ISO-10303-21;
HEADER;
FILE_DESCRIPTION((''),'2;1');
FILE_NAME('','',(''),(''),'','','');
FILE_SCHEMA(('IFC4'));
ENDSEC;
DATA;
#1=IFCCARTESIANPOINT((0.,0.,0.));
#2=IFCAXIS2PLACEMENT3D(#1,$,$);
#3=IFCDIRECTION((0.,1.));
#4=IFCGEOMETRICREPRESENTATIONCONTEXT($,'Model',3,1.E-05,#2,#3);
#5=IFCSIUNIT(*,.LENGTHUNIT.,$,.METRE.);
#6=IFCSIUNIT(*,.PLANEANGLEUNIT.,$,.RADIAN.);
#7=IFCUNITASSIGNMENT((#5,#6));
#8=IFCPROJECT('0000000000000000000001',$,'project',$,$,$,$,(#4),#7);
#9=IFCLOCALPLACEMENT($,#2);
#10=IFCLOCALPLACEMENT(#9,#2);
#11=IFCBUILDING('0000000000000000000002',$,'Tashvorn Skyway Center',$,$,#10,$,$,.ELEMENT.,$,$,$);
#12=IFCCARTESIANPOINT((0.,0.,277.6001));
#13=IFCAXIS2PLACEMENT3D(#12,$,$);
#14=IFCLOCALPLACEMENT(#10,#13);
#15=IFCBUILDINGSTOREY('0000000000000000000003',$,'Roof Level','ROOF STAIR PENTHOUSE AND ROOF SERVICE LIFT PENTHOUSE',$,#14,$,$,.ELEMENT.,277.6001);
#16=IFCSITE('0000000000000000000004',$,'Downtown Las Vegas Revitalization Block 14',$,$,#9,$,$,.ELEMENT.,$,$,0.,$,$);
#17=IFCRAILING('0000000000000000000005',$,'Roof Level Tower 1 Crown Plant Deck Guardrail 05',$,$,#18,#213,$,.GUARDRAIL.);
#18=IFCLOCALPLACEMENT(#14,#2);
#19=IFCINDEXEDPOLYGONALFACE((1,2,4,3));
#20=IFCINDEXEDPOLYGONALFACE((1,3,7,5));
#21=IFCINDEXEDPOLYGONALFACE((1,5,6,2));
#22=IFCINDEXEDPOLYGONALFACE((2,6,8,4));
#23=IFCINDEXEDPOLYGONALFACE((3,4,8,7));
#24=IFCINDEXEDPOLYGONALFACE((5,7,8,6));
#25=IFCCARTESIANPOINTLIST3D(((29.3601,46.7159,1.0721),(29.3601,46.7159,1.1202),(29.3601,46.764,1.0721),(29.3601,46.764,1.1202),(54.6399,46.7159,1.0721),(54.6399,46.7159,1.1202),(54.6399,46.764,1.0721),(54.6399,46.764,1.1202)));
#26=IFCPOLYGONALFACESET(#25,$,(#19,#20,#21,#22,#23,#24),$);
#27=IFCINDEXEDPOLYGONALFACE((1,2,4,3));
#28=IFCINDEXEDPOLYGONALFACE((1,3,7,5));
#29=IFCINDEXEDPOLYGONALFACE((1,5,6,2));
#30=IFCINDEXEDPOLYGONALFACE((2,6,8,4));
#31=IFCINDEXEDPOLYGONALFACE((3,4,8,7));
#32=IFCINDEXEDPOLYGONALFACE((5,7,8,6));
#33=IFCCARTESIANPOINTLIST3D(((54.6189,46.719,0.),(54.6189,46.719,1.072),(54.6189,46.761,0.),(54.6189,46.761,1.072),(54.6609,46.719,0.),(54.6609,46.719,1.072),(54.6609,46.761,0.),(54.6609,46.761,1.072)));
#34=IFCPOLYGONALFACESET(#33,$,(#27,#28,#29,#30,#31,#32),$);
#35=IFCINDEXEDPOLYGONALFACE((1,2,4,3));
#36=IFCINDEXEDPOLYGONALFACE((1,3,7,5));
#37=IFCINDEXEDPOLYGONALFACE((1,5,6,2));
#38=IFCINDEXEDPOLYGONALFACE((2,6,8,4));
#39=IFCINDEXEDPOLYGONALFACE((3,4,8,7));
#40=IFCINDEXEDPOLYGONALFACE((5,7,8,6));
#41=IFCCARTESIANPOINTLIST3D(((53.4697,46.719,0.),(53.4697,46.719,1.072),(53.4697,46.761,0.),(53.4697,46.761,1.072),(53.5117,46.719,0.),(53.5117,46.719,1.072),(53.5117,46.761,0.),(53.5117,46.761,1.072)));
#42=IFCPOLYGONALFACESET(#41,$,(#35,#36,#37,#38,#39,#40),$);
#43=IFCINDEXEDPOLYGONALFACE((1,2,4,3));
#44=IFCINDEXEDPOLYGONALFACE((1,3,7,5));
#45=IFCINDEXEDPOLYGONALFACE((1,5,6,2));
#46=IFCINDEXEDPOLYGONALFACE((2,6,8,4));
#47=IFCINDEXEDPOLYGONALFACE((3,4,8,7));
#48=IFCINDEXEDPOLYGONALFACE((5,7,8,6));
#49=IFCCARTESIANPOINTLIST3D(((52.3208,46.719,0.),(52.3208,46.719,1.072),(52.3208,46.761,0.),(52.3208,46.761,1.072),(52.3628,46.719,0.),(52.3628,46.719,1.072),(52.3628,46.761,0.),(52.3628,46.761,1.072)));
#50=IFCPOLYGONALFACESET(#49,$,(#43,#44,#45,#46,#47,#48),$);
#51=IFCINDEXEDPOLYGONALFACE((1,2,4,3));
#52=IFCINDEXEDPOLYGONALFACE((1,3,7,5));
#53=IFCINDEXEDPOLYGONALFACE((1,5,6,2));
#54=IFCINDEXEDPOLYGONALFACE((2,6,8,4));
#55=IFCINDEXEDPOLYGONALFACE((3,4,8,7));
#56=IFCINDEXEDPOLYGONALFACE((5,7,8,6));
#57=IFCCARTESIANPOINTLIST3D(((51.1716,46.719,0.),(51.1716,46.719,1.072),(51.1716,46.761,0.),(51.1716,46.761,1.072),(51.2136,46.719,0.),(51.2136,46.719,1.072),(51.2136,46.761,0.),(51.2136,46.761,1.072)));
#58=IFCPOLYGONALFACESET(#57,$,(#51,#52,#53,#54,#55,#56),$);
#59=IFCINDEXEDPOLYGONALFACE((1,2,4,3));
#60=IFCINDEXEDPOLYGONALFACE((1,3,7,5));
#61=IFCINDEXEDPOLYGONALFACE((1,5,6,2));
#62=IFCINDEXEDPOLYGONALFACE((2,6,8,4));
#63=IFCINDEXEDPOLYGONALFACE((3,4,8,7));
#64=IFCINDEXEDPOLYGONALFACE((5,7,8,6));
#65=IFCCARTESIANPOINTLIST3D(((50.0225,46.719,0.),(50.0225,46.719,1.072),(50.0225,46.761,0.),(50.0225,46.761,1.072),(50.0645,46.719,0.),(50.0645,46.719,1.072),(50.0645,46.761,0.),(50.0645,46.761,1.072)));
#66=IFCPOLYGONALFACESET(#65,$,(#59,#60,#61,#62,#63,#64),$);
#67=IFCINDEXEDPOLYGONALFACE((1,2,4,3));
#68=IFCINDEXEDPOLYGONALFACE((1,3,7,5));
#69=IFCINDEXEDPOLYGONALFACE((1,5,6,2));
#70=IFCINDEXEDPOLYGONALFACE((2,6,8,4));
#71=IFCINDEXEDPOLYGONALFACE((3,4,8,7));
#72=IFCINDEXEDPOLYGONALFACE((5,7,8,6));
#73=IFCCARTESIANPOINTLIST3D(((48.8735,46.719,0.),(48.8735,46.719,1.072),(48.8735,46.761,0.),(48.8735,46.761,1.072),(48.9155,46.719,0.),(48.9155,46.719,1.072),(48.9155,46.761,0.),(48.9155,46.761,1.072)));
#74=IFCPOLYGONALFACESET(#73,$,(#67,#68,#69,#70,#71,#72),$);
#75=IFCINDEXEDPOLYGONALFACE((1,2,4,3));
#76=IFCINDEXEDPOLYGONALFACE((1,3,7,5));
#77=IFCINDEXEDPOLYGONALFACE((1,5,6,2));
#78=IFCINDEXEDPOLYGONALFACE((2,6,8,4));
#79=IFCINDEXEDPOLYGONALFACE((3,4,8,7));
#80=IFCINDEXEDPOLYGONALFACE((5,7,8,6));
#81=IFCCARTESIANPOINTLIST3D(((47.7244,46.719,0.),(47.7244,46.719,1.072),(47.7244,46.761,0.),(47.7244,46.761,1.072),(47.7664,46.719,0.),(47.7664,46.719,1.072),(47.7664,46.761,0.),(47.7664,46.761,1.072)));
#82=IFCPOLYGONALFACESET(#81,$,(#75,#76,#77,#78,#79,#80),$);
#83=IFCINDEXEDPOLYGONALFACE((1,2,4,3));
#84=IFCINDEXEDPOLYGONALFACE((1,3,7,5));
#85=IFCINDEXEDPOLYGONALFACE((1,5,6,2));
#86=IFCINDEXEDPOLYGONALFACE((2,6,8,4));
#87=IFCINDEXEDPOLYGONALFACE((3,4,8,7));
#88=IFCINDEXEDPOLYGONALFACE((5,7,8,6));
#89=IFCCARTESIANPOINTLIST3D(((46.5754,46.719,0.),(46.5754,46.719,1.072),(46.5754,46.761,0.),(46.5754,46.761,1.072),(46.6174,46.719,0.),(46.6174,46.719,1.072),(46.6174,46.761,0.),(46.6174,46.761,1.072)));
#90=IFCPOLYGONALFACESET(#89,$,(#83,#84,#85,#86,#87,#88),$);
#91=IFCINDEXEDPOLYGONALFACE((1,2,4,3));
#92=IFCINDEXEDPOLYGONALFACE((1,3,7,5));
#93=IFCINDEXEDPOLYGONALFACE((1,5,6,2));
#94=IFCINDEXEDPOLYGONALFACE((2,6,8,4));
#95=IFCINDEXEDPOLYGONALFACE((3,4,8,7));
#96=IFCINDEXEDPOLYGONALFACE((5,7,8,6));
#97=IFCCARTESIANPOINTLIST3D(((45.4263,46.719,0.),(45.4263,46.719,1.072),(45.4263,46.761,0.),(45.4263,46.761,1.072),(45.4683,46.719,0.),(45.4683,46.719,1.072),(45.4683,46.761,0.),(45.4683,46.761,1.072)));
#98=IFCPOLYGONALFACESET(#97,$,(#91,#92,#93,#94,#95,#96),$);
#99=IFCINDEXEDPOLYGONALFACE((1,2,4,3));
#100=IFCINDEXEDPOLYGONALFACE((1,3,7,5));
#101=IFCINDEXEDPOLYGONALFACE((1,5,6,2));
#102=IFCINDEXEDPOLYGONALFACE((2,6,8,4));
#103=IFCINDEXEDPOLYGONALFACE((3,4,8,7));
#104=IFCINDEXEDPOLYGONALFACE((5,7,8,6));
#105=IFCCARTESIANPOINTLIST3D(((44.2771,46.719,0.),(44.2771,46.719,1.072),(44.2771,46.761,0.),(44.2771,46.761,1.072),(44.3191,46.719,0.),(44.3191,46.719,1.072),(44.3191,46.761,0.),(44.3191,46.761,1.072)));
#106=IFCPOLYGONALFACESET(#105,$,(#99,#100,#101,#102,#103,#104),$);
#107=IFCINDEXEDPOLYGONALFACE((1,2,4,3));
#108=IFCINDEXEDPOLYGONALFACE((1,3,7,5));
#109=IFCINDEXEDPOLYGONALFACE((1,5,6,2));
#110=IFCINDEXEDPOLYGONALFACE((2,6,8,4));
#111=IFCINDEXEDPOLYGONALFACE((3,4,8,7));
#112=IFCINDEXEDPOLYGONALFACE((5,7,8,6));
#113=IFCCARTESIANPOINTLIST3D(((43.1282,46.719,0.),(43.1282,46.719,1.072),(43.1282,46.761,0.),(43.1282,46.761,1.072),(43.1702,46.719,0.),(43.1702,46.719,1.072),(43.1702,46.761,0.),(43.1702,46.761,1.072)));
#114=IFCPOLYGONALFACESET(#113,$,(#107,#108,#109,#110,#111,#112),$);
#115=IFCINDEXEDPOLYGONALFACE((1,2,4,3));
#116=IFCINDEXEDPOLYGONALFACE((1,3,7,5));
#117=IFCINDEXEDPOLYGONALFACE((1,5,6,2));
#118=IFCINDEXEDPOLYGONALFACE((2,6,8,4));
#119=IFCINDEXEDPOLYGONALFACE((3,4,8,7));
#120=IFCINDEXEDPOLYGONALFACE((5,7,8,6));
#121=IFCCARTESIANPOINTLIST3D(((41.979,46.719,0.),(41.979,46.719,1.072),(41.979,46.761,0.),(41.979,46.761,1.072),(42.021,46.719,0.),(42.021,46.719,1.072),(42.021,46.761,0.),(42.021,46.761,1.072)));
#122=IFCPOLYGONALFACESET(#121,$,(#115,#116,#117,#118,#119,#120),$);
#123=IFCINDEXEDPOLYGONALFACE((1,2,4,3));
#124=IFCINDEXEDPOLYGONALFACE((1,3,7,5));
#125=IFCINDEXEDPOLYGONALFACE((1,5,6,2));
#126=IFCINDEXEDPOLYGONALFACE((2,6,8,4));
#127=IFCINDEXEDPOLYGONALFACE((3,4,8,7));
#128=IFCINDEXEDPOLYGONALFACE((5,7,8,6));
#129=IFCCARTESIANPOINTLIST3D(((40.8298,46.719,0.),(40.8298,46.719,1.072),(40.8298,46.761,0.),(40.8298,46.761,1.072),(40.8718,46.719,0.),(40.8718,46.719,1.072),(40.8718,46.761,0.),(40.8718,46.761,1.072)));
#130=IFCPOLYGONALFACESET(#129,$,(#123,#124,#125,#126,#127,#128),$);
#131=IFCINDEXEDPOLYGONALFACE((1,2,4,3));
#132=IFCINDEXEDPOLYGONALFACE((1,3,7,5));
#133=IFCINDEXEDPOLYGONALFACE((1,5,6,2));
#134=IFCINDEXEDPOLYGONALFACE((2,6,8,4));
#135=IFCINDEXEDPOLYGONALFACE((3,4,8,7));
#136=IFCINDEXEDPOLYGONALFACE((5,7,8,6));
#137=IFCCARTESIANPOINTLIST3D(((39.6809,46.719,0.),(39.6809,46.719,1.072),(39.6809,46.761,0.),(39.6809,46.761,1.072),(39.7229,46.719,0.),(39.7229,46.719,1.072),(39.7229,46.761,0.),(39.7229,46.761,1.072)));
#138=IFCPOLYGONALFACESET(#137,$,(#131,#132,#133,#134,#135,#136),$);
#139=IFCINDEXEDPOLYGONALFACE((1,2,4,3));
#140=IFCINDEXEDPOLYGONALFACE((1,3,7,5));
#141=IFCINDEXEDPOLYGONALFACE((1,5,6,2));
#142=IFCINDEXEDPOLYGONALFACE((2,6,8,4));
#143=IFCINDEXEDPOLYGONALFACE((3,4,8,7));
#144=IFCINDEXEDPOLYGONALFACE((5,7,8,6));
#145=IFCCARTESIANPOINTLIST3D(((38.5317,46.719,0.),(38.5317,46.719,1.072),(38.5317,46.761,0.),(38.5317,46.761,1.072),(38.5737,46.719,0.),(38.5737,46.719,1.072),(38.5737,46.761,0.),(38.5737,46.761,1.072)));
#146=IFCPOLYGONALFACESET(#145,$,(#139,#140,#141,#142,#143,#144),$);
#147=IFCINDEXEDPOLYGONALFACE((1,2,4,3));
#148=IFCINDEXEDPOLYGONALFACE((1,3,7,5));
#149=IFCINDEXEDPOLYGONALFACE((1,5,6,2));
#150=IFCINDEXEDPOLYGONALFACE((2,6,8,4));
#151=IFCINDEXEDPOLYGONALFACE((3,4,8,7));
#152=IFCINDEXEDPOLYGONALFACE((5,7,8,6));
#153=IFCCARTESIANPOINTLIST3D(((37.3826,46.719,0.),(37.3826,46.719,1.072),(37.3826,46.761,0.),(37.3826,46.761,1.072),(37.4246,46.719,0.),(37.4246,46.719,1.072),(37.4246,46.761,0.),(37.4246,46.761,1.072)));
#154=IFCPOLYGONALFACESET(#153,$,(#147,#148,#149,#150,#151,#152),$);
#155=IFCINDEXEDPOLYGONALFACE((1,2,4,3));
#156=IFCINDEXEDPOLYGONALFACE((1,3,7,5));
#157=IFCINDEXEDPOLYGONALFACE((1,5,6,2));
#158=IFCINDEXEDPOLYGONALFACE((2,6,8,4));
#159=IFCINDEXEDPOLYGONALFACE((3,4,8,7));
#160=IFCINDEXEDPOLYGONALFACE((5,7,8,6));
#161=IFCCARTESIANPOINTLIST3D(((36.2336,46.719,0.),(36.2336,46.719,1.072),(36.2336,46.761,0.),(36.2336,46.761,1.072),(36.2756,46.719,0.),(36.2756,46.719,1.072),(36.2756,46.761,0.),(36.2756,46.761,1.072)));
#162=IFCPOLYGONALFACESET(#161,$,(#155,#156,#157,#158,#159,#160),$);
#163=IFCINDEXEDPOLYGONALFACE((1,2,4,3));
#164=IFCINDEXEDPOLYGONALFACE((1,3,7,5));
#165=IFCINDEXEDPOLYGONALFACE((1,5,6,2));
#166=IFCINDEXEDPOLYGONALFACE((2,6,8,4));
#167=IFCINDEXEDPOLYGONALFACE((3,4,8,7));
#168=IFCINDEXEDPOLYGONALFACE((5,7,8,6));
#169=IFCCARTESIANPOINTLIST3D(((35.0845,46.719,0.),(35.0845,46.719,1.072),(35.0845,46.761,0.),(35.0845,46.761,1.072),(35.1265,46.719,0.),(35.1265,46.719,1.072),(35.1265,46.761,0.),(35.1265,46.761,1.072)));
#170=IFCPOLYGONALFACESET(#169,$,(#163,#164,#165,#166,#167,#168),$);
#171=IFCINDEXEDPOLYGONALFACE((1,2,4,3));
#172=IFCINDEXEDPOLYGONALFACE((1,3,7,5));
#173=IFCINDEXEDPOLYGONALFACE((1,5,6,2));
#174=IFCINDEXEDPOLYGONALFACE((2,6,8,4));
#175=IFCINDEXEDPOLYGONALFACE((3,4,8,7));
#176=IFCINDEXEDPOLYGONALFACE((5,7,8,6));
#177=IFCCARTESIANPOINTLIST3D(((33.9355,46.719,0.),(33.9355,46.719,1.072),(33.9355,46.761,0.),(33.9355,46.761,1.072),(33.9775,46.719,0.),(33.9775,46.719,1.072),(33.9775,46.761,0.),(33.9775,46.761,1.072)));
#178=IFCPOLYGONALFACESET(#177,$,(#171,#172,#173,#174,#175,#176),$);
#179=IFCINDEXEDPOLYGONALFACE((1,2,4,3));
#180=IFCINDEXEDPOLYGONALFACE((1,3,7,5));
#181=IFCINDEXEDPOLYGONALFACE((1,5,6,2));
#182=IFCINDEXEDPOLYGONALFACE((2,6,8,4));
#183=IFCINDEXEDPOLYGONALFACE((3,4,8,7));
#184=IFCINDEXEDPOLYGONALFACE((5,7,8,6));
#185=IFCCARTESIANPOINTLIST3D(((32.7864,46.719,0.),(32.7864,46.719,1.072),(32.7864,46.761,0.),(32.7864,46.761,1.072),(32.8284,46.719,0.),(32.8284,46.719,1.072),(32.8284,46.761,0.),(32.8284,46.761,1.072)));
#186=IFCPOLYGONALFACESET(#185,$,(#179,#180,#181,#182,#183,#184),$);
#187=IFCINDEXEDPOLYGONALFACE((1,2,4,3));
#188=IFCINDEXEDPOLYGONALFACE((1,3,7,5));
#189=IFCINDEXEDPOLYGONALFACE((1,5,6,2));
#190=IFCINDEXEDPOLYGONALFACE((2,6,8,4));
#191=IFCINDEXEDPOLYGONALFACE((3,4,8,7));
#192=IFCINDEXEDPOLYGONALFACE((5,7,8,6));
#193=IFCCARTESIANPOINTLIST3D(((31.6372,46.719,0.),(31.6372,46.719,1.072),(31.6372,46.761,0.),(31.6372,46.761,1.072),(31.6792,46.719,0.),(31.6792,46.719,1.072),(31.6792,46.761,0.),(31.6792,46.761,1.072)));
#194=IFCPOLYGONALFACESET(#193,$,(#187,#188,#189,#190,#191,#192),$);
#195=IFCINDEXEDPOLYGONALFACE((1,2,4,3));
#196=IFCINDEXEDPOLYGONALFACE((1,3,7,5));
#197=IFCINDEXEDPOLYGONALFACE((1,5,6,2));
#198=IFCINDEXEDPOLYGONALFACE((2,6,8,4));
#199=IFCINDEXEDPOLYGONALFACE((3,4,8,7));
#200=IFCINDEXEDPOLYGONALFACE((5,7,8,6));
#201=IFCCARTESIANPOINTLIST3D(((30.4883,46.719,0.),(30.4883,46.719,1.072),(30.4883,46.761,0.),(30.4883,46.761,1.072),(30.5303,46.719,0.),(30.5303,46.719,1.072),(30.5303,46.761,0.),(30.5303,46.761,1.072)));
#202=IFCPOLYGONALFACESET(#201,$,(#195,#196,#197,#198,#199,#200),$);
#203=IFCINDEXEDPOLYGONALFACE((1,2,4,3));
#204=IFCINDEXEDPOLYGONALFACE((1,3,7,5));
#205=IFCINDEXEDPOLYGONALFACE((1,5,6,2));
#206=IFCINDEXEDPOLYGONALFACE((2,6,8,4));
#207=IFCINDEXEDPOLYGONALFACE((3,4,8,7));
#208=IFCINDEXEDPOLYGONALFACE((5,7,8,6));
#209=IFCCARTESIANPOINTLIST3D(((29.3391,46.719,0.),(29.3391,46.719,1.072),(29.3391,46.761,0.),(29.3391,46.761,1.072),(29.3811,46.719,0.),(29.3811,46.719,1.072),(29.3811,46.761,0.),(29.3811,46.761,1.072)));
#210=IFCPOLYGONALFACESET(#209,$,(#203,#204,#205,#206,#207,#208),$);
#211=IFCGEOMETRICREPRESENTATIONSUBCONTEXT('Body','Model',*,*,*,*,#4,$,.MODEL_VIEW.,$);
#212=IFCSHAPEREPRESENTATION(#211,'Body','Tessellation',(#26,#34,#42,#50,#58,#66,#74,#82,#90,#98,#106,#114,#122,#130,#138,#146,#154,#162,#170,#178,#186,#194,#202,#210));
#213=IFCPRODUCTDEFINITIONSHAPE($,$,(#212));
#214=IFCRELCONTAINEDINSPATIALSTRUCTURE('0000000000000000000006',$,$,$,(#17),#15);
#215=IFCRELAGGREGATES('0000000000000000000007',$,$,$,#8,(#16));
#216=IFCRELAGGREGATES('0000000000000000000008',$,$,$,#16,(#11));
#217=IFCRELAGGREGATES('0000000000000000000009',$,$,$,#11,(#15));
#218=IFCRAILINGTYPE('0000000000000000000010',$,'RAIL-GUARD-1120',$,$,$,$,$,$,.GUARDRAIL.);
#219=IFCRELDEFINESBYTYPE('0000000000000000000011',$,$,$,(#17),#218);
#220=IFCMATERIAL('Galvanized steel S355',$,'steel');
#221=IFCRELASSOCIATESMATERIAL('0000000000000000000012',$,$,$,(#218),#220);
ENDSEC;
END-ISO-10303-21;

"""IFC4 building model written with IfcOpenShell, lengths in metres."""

from ifc_helpers import new_model, si_unit, direction, frame, origin, origin_2d, place, context, subcontext, project, spatial, rectangle, extrude, material, type_object, element, save


model = new_model("IFC4")

# Units and contexts
model_context = context("Model", 3, precision=1e-05, world=origin(), true_north=direction((0.0, 1.0)))
body_context = subcontext(model_context, "Body", "Model", "MODEL_VIEW")
ifc_project = project(units=[si_unit("LENGTHUNIT", "METRE"), si_unit("PLANEANGLEUNIT", "RADIAN")], contexts=[model_context])

# Site, building, storey
site_placement = place(None, origin())
site = spatial("IfcSite", under=ifc_project, at=site_placement, Name="Downtown Las Vegas Revitalization Block 14", CompositionType="ELEMENT", RefElevation=0.0)
building_placement = place(site_placement, origin())
building = spatial("IfcBuilding", under=site, at=building_placement, Name="Tashvorn Skyway Center", CompositionType="ELEMENT")
storey_placement = place(building_placement, frame((0.0, 0.0, 277.6001)))
storey = spatial("IfcBuildingStorey", under=building, at=storey_placement, Name="Roof Level", Description="ROOF STAIR PENTHOUSE AND ROOF SERVICE LIFT PENTHOUSE", CompositionType="ELEMENT", Elevation=277.6001)

# Railing
ifc_material_1 = material(Name="Galvanized steel S355", Category="steel")
railing_type_1 = type_object("IfcRailingType", Name="RAIL-GUARD-1120", PredefinedType="GUARDRAIL", material=ifc_material_1)
railing_1_placement = place(storey_placement, frame((54.6399, 46.74, 0.0)))
element("IfcRailing", 1, at=railing_1_placement, inside=storey, type_object=railing_type_1, Name="Roof Level Tower 1 Crown Plant Deck Guardrail 05", PredefinedType="GUARDRAIL", context=body_context, shape_type="SweptSolid", body=[
    extrude(rectangle(XDim=0.0481, YDim=0.0481, at=origin_2d()), frame((0.0, 0.0, 1.0962), z_axis=(-1.0, 0.0, 0.0), x_axis=(0.0, -1.0, 0.0)), (0.0, 0.0, 1.0), 25.2798),
    extrude(rectangle(XDim=0.042, YDim=0.042, at=origin_2d()), origin(), (0.0, 0.0, 1.0), 1.072),
    extrude(rectangle(XDim=0.042, YDim=0.042, at=origin_2d()), frame((-1.1492, 0.0, 0.0)), (0.0, 0.0, 1.0), 1.072),
    extrude(rectangle(XDim=0.042, YDim=0.042, at=origin_2d()), frame((-2.2981, 0.0, 0.0)), (0.0, 0.0, 1.0), 1.072),
    extrude(rectangle(XDim=0.042, YDim=0.042, at=origin_2d()), frame((-3.4473, 0.0, 0.0)), (0.0, 0.0, 1.0), 1.072),
    extrude(rectangle(XDim=0.042, YDim=0.042, at=origin_2d()), frame((-4.5964, 0.0, 0.0)), (0.0, 0.0, 1.0), 1.072),
    extrude(rectangle(XDim=0.042, YDim=0.042, at=origin_2d()), frame((-5.7454, 0.0, 0.0)), (0.0, 0.0, 1.0), 1.072),
    extrude(rectangle(XDim=0.042, YDim=0.042, at=origin_2d()), frame((-6.8945, 0.0, 0.0)), (0.0, 0.0, 1.0), 1.072),
    extrude(rectangle(XDim=0.042, YDim=0.042, at=origin_2d()), frame((-8.0435, 0.0, 0.0)), (0.0, 0.0, 1.0), 1.072),
    extrude(rectangle(XDim=0.042, YDim=0.042, at=origin_2d()), frame((-9.1926, 0.0, 0.0)), (0.0, 0.0, 1.0), 1.072),
    extrude(rectangle(XDim=0.042, YDim=0.042, at=origin_2d()), frame((-10.3418, 0.0, 0.0)), (0.0, 0.0, 1.0), 1.072),
    extrude(rectangle(XDim=0.042, YDim=0.042, at=origin_2d()), frame((-11.4907, 0.0, 0.0)), (0.0, 0.0, 1.0), 1.072),
    extrude(rectangle(XDim=0.042, YDim=0.042, at=origin_2d()), frame((-12.6399, 0.0, 0.0)), (0.0, 0.0, 1.0), 1.072),
    extrude(rectangle(XDim=0.042, YDim=0.042, at=origin_2d()), frame((-13.7891, 0.0, 0.0)), (0.0, 0.0, 1.0), 1.072),
    extrude(rectangle(XDim=0.042, YDim=0.042, at=origin_2d()), frame((-14.938, 0.0, 0.0)), (0.0, 0.0, 1.0), 1.072),
    extrude(rectangle(XDim=0.042, YDim=0.042, at=origin_2d()), frame((-16.0872, 0.0, 0.0)), (0.0, 0.0, 1.0), 1.072),
    extrude(rectangle(XDim=0.042, YDim=0.042, at=origin_2d()), frame((-17.2363, 0.0, 0.0)), (0.0, 0.0, 1.0), 1.072),
    extrude(rectangle(XDim=0.042, YDim=0.042, at=origin_2d()), frame((-18.3853, 0.0, 0.0)), (0.0, 0.0, 1.0), 1.072),
    extrude(rectangle(XDim=0.042, YDim=0.042, at=origin_2d()), frame((-19.5344, 0.0, 0.0)), (0.0, 0.0, 1.0), 1.072),
    extrude(rectangle(XDim=0.042, YDim=0.042, at=origin_2d()), frame((-20.6833, 0.0, 0.0)), (0.0, 0.0, 1.0), 1.072),
    extrude(rectangle(XDim=0.042, YDim=0.042, at=origin_2d()), frame((-21.8325, 0.0, 0.0)), (0.0, 0.0, 1.0), 1.072),
    extrude(rectangle(XDim=0.042, YDim=0.042, at=origin_2d()), frame((-22.9817, 0.0, 0.0)), (0.0, 0.0, 1.0), 1.072),
    extrude(rectangle(XDim=0.042, YDim=0.042, at=origin_2d()), frame((-24.1306, 0.0, 0.0)), (0.0, 0.0, 1.0), 1.072),
    extrude(rectangle(XDim=0.042, YDim=0.042, at=origin_2d()), frame((-25.2798, 0.0, 0.0)), (0.0, 0.0, 1.0), 1.072),
])

save(model, "model.ifc")
